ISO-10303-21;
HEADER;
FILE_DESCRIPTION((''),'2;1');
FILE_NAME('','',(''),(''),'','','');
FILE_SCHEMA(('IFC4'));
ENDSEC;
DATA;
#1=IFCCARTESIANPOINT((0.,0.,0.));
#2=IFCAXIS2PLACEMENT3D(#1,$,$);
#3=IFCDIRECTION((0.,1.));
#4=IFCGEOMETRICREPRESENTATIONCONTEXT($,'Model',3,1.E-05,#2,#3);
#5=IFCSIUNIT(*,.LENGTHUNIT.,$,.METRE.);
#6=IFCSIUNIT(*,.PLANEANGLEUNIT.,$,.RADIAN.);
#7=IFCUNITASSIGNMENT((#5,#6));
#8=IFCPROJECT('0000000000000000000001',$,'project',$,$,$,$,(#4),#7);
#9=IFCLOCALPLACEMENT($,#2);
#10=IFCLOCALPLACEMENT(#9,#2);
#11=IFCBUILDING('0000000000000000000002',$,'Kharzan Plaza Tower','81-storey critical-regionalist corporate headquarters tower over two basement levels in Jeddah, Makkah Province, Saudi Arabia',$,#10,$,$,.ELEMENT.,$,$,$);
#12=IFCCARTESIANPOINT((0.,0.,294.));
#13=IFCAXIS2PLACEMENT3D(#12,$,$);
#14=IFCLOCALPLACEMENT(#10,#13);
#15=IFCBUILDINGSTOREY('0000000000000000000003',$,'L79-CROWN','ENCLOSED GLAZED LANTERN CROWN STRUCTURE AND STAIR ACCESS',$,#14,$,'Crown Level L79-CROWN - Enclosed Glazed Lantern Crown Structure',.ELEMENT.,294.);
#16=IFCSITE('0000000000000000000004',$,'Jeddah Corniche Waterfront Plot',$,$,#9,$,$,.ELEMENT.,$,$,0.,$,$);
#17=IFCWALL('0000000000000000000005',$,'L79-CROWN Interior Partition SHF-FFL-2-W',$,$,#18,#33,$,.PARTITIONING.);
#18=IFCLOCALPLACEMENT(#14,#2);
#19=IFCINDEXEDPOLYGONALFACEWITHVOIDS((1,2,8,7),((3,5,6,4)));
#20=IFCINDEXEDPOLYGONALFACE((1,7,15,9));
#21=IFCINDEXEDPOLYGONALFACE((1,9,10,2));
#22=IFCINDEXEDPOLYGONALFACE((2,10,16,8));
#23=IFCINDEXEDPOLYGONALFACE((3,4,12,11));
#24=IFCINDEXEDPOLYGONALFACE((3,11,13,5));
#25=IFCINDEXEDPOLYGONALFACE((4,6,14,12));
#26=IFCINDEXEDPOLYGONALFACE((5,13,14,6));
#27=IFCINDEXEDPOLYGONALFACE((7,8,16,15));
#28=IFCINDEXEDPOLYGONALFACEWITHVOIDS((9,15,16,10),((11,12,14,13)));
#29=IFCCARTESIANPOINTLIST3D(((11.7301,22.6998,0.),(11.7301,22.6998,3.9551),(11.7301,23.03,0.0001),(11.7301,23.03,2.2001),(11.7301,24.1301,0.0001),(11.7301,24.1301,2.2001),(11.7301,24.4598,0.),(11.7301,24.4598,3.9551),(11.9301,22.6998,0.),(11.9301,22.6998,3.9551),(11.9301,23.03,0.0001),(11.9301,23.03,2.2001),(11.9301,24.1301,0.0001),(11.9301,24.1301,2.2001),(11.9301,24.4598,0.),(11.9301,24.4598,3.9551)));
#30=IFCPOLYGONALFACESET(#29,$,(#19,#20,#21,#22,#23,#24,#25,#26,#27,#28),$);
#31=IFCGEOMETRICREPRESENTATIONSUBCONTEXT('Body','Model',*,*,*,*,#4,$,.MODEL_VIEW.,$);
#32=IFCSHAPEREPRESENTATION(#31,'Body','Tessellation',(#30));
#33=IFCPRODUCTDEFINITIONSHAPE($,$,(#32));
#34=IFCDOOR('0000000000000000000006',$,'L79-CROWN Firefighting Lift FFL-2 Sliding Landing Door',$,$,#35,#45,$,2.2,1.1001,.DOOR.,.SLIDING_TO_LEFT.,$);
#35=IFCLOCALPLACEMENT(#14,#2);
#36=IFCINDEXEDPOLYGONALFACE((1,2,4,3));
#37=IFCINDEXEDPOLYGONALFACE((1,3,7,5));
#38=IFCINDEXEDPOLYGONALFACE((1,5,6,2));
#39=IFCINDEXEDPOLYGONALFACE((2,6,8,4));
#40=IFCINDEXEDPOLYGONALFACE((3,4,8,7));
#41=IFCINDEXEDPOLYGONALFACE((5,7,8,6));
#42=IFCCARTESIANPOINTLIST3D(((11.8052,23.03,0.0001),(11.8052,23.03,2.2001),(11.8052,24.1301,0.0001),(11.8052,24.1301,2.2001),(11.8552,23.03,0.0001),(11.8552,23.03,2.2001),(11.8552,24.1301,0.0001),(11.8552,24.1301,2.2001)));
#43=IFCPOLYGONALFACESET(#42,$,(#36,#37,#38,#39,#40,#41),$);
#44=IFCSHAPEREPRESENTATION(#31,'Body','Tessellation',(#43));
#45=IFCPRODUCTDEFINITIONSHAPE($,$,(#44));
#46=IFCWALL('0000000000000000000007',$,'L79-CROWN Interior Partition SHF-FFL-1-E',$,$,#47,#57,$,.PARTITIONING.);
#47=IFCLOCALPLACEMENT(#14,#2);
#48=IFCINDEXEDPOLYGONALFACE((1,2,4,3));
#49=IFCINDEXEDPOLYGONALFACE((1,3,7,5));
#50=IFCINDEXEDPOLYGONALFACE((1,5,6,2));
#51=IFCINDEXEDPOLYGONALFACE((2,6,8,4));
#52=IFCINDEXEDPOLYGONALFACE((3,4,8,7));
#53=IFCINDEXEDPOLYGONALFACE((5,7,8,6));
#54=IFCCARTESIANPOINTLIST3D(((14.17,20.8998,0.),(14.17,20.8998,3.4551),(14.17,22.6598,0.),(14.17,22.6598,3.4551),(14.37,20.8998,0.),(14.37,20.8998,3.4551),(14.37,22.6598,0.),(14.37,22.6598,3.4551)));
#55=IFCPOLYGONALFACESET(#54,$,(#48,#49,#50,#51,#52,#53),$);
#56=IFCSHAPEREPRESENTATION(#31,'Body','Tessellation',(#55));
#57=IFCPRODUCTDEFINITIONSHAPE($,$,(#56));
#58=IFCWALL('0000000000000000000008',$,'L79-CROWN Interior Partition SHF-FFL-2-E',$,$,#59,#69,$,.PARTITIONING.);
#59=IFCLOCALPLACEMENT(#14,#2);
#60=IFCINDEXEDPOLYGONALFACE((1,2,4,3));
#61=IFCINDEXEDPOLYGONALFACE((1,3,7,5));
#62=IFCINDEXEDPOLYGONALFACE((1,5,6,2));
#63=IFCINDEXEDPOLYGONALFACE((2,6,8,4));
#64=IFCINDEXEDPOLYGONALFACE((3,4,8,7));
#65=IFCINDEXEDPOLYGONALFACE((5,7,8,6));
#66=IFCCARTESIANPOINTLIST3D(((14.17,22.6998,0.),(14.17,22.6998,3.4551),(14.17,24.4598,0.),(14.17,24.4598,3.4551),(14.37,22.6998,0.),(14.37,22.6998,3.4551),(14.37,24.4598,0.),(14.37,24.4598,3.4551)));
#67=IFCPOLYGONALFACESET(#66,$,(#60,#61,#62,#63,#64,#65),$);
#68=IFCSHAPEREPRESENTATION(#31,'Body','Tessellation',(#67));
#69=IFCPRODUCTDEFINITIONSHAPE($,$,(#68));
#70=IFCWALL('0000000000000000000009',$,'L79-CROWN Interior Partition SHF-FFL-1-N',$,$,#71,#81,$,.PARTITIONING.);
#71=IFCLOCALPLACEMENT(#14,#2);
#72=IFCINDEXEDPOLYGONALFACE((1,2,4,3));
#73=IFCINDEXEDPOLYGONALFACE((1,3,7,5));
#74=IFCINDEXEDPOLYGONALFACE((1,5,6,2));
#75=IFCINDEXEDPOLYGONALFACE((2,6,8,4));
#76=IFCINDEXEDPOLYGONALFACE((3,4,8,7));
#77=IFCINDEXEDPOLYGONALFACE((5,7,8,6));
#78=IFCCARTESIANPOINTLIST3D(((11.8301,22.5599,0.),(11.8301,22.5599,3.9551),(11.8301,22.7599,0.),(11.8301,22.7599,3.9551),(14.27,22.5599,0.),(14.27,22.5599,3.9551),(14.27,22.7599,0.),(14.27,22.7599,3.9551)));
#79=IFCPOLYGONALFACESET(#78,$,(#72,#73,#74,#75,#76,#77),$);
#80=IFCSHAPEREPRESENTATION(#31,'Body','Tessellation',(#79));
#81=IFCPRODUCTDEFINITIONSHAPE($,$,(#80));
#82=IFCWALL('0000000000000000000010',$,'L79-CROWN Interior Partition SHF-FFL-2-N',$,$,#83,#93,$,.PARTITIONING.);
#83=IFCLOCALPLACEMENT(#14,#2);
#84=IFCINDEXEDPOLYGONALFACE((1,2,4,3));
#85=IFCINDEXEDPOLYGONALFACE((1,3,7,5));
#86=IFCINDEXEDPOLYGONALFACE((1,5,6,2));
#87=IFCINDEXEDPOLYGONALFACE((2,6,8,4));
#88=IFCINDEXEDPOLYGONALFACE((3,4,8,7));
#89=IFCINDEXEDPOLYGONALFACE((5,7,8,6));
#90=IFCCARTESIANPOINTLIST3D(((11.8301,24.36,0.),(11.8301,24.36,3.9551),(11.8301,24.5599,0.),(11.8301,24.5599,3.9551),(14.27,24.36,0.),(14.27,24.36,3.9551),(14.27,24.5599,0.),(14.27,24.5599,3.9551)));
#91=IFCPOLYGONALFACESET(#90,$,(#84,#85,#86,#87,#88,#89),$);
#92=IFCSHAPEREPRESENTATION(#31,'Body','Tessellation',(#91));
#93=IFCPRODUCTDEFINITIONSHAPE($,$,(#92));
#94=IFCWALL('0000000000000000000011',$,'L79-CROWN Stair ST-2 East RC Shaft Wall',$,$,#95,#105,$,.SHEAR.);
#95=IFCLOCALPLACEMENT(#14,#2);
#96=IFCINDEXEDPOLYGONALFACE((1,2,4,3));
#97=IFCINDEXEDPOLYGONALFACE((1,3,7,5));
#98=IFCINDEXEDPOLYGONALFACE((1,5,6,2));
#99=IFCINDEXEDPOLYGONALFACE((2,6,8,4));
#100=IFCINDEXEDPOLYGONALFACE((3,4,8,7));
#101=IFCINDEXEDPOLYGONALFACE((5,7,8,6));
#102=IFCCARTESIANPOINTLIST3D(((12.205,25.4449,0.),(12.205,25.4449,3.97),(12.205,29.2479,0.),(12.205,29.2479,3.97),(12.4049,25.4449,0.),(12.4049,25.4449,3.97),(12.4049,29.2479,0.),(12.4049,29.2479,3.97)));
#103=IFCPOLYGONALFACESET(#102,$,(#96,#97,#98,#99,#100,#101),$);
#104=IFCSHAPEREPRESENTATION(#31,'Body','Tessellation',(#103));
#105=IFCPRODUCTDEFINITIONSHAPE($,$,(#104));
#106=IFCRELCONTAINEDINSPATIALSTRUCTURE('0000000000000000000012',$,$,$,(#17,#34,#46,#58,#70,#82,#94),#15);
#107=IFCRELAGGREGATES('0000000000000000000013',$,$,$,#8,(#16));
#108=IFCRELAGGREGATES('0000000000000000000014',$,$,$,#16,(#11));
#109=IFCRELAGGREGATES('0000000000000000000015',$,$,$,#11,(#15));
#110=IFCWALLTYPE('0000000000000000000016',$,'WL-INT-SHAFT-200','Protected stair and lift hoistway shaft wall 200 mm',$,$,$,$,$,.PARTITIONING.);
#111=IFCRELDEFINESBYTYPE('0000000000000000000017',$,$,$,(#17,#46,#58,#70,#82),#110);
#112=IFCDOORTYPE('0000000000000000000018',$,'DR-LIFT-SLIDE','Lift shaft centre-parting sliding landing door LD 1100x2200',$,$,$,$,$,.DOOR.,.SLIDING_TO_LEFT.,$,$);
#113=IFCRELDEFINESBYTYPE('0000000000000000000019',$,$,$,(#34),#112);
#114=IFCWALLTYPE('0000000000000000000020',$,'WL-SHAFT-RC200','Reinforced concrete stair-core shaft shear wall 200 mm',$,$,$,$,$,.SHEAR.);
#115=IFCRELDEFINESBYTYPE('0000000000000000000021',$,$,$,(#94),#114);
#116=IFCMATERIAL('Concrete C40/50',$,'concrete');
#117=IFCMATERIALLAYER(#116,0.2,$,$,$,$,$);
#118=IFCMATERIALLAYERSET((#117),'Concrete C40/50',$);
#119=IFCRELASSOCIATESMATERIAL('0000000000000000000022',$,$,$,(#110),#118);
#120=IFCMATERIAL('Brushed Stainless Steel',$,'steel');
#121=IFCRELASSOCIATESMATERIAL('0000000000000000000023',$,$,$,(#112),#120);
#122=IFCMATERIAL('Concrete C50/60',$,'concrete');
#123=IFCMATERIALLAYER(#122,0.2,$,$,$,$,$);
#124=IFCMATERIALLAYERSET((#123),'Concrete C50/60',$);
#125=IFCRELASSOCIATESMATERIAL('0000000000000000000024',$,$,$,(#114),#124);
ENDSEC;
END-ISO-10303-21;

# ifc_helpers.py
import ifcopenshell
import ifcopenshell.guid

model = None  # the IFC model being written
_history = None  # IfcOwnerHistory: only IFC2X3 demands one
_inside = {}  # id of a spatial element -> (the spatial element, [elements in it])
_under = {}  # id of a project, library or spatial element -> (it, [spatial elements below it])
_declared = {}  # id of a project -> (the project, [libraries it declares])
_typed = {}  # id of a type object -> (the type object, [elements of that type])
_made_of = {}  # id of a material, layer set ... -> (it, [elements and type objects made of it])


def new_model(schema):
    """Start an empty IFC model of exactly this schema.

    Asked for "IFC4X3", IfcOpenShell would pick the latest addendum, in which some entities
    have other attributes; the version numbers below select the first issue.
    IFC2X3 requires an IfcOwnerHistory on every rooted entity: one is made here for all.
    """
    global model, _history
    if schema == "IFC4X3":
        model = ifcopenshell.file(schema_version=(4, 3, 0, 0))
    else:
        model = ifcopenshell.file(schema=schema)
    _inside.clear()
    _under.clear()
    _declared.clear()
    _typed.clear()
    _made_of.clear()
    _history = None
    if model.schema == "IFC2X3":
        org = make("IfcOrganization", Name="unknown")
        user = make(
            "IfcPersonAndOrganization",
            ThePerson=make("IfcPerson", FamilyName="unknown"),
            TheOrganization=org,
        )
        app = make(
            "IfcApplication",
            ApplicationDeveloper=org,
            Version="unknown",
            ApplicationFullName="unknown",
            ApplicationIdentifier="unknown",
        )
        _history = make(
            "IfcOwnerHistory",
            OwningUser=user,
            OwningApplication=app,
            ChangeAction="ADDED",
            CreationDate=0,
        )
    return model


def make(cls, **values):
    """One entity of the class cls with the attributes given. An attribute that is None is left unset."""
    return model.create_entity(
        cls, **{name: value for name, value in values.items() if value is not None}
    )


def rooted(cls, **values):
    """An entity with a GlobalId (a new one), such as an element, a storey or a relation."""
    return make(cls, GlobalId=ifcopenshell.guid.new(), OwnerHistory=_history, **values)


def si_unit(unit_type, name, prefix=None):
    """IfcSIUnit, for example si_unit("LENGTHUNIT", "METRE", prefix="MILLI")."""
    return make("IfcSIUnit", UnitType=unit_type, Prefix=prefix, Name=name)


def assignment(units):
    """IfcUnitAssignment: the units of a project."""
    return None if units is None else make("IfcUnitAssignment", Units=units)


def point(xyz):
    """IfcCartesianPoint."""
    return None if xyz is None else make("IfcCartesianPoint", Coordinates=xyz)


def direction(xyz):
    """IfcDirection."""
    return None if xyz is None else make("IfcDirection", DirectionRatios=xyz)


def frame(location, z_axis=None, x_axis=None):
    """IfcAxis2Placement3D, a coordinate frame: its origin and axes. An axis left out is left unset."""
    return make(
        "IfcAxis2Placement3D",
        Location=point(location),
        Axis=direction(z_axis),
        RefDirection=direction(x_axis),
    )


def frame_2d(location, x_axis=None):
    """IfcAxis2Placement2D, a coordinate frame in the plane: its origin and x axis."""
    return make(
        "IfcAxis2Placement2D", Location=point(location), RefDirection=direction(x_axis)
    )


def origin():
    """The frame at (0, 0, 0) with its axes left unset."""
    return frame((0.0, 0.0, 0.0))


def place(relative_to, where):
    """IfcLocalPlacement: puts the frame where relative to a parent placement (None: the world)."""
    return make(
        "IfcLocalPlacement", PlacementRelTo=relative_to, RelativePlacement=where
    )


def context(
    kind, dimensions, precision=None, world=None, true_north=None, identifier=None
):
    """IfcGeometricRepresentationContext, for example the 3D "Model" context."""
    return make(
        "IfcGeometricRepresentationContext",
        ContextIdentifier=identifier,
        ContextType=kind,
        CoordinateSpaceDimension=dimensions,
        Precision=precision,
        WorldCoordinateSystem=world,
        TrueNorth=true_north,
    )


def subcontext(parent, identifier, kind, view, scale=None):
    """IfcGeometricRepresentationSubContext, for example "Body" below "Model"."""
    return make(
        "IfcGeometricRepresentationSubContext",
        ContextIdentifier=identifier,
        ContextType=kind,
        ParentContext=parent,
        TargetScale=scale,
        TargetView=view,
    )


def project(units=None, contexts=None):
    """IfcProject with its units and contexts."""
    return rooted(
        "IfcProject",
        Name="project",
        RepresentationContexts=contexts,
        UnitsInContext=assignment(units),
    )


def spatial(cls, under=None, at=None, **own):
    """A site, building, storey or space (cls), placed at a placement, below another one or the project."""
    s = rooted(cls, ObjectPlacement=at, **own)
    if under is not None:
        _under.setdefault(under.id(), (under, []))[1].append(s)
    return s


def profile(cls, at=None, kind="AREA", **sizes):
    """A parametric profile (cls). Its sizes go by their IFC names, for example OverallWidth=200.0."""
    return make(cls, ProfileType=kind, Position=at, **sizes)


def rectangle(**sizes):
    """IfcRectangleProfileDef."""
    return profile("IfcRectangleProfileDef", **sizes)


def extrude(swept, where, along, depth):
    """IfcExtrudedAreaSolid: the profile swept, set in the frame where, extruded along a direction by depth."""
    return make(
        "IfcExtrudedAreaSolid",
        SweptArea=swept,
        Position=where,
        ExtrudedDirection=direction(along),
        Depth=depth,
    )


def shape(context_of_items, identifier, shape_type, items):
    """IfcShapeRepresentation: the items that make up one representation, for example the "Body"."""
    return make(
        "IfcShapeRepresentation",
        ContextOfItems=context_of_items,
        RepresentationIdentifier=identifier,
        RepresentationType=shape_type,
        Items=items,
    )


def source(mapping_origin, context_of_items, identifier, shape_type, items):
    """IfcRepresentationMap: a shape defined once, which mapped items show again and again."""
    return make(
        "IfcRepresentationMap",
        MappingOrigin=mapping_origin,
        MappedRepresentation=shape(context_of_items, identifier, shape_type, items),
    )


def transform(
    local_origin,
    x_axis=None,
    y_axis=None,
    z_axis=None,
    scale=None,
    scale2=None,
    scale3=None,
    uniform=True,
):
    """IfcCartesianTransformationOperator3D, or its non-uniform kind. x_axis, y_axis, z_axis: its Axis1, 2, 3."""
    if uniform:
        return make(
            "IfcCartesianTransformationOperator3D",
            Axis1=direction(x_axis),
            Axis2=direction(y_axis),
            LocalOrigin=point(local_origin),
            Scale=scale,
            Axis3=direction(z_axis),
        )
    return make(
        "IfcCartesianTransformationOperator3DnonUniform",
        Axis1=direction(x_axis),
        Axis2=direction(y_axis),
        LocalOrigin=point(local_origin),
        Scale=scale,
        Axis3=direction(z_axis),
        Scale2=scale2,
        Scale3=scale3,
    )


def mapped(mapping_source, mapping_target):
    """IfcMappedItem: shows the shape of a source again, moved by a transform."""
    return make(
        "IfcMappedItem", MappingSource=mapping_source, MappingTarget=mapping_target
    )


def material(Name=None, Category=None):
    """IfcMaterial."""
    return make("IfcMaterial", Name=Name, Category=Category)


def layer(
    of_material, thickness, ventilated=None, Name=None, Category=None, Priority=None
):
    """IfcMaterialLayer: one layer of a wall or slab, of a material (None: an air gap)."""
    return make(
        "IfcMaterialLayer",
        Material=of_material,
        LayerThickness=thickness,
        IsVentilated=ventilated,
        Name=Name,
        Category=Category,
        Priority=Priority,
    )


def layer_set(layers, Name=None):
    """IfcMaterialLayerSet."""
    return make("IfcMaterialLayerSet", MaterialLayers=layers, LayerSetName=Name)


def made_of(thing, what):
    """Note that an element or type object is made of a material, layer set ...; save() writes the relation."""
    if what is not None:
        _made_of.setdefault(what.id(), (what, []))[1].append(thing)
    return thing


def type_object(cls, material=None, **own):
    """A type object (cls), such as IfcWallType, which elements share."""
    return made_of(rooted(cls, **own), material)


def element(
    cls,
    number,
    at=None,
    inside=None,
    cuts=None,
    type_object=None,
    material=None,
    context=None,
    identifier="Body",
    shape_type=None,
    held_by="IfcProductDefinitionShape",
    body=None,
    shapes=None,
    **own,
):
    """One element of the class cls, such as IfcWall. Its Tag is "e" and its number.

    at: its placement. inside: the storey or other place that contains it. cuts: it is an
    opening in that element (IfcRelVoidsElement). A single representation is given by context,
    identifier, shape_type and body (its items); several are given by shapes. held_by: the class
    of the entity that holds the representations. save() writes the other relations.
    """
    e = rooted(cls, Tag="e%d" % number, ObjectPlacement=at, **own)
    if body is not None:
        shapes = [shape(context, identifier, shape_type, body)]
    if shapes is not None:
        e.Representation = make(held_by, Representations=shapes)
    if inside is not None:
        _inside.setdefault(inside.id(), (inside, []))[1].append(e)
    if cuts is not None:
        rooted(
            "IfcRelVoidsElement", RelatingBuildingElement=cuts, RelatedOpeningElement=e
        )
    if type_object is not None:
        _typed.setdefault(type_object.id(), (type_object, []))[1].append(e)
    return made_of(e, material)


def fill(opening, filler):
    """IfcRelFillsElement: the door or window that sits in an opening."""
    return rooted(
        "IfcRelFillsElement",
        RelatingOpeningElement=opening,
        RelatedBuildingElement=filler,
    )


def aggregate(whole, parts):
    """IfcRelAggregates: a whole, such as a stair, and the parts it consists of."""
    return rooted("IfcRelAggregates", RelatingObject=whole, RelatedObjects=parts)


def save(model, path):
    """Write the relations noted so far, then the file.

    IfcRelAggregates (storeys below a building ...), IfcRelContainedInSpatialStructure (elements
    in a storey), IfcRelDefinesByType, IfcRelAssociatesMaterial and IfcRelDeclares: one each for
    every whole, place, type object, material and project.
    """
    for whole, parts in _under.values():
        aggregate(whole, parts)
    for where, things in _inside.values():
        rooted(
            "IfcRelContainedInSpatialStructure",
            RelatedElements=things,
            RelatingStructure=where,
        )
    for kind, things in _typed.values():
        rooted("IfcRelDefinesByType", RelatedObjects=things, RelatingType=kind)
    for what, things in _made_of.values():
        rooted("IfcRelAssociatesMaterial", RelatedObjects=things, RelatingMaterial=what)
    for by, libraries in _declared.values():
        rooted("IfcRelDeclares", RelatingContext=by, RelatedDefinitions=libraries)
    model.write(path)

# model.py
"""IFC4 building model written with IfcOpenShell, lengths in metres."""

from ifc_helpers import new_model, si_unit, direction, frame, frame_2d, origin, place, context, subcontext, project, spatial, rectangle, extrude, source, transform, mapped, material, layer, layer_set, type_object, element, fill, save


model = new_model("IFC4")

# Units and contexts
model_context = context("Model", 3, precision=1e-05, world=origin(), true_north=direction((0.0, 1.0)))
body_context = subcontext(model_context, "Body", "Model", "MODEL_VIEW")
ifc_project = project(units=[si_unit("LENGTHUNIT", "METRE"), si_unit("PLANEANGLEUNIT", "RADIAN")], contexts=[model_context])

# Site, building, storey
site_placement = place(None, origin())
site = spatial("IfcSite", under=ifc_project, at=site_placement, Name="Jeddah Corniche Waterfront Plot", CompositionType="ELEMENT", RefElevation=0.0)
building_placement = place(site_placement, origin())
building = spatial("IfcBuilding", under=site, at=building_placement, Name="Kharzan Plaza Tower", Description="81-storey critical-regionalist corporate headquarters tower over two basement levels in Jeddah, Makkah Province, Saudi Arabia", CompositionType="ELEMENT")
storey_placement = place(building_placement, frame((0.0, 0.0, 294.0)))
storey = spatial("IfcBuildingStorey", under=building, at=storey_placement, Name="L79-CROWN", Description="ENCLOSED GLAZED LANTERN CROWN STRUCTURE AND STAIR ACCESS", LongName="Crown Level L79-CROWN - Enclosed Glazed Lantern Crown Structure", CompositionType="ELEMENT", Elevation=294.0)

# Wall, opening, door
ifc_material_1 = material(Name="Concrete C40/50", Category="concrete")
ifc_layer_1 = layer(ifc_material_1, 0.2)
ifc_layer_set_1 = layer_set([ifc_layer_1], Name="Concrete C40/50")
wall_type_1 = type_object("IfcWallType", Name="WL-INT-SHAFT-200", Description="Protected stair and lift hoistway shaft wall 200 mm", PredefinedType="PARTITIONING", material=ifc_layer_set_1)
wall_1_placement = place(storey_placement, frame((11.8301, 22.7, 0.0), z_axis=(0.0, 0.0, 1.0), x_axis=(0.0, 1.0, 0.0)))
wall_1 = element("IfcWall", 1, at=wall_1_placement, inside=storey, type_object=wall_type_1, Name="L79-CROWN Interior Partition SHF-FFL-2-W", PredefinedType="PARTITIONING", context=body_context, shape_type="SweptSolid", body=[
    extrude(rectangle(XDim=1.76, YDim=0.2, at=frame_2d((0.8799, 0.0))), origin(), (0.0, 0.0, 1.0), 3.9551),
])
opening_placement = place(wall_1_placement, frame((0.3301, 0.0, 0.0)))
opening = element("IfcOpeningElement", 2, at=opening_placement, cuts=wall_1, PredefinedType="OPENING", context=body_context, shape_type="SweptSolid", body=[
    extrude(rectangle(XDim=1.1001, YDim=2.2, at=frame_2d((0.55, 1.1001))), frame((0.0, 0.1099, 0.0), z_axis=(0.0, -1.0, 0.0), x_axis=(1.0, 0.0, 0.0)), (0.0, 0.0, 1.0), 0.22),
])
ifc_material_2 = material(Name="Brushed Stainless Steel", Category="steel")
door_type = type_object("IfcDoorType", Name="DR-LIFT-SLIDE", Description="Lift shaft centre-parting sliding landing door LD 1100x2200", OperationType="SLIDING_TO_LEFT", PredefinedType="DOOR", material=ifc_material_2)
shared_shape_1 = source(origin(), body_context, "Body", "SweptSolid", [
    extrude(rectangle(XDim=1.1001, YDim=2.2, at=frame_2d((0.55, 1.1001))), frame((0.0, 0.0249, 0.0), z_axis=(0.0, -1.0, 0.0), x_axis=(1.0, 0.0, 0.0)), (0.0, 0.0, 1.0), 0.05),
])
door_placement = place(opening_placement, origin())
door = element("IfcDoor", 3, at=door_placement, inside=storey, type_object=door_type, Name="L79-CROWN Firefighting Lift FFL-2 Sliding Landing Door", OperationType="SLIDING_TO_LEFT", OverallHeight=2.2, OverallWidth=1.1001, PredefinedType="DOOR", context=body_context, shape_type="MappedRepresentation", body=[
    mapped(shared_shape_1, transform((0.0, 0.0, 0.0), x_axis=(1.0, 0.0, 0.0), y_axis=(0.0, 1.0, 0.0), z_axis=(0.0, 0.0, 1.0))),
])
fill(opening, door)

# Walls
shared_shape_2 = source(origin(), body_context, "Body", "SweptSolid", [
    extrude(rectangle(XDim=1.76, YDim=0.2, at=frame_2d((0.8799, 0.0))), origin(), (0.0, 0.0, 1.0), 3.4551),
])
for number, where, z_axis, x_axis, name in (
    (4, (14.27, 20.8999, 0.0), (0.0, 0.0, 1.0), (0.0, 1.0, 0.0), "L79-CROWN Interior Partition SHF-FFL-1-E"),
    (5, (14.27, 22.7, 0.0), (0.0, 0.0, 1.0), (0.0, 1.0, 0.0), "L79-CROWN Interior Partition SHF-FFL-2-E"),
):
    element("IfcWall", number, at=place(storey_placement, frame(where, z_axis=z_axis, x_axis=x_axis)), inside=storey, type_object=wall_type_1, Name=name, PredefinedType="PARTITIONING", context=body_context, shape_type="MappedRepresentation", body=[
        mapped(shared_shape_2, transform((0.0, 0.0, 0.0), x_axis=(1.0, 0.0, 0.0), y_axis=(0.0, 1.0, 0.0), z_axis=(0.0, 0.0, 1.0))),
    ])
shared_shape_3 = source(origin(), body_context, "Body", "SweptSolid", [
    extrude(rectangle(XDim=2.4399, YDim=0.2, at=frame_2d((1.22, 0.0))), origin(), (0.0, 0.0, 1.0), 3.9551),
])
for number, where, z_axis, x_axis, name in (
    (6, (11.8301, 22.6599, 0.0), (0.0, 0.0, 1.0), (1.0, 0.0, 0.0), "L79-CROWN Interior Partition SHF-FFL-1-N"),
    (7, (11.8301, 24.46, 0.0), (0.0, 0.0, 1.0), (1.0, 0.0, 0.0), "L79-CROWN Interior Partition SHF-FFL-2-N"),
):
    element("IfcWall", number, at=place(storey_placement, frame(where, z_axis=z_axis, x_axis=x_axis)), inside=storey, type_object=wall_type_1, Name=name, PredefinedType="PARTITIONING", context=body_context, shape_type="MappedRepresentation", body=[
        mapped(shared_shape_3, transform((0.0, 0.0, 0.0), x_axis=(1.0, 0.0, 0.0), y_axis=(0.0, 1.0, 0.0), z_axis=(0.0, 0.0, 1.0))),
    ])
ifc_material_3 = material(Name="Concrete C50/60", Category="concrete")
ifc_layer_2 = layer(ifc_material_3, 0.2)
ifc_layer_set_2 = layer_set([ifc_layer_2], Name="Concrete C50/60")
wall_type_2 = type_object("IfcWallType", Name="WL-SHAFT-RC200", Description="Reinforced concrete stair-core shaft shear wall 200 mm", PredefinedType="SHEAR", material=ifc_layer_set_2)
shared_shape_4 = source(origin(), body_context, "Body", "SweptSolid", [
    extrude(rectangle(XDim=3.803, YDim=0.2, at=frame_2d((1.9014, 0.0))), origin(), (0.0, 0.0, 1.0), 3.97),
])
wall_2_placement = place(storey_placement, frame((12.3049, 25.4451, 0.0), z_axis=(0.0, 0.0, 1.0), x_axis=(0.0, 1.0, 0.0)))
element("IfcWall", 8, at=wall_2_placement, inside=storey, type_object=wall_type_2, Name="L79-CROWN Stair ST-2 East RC Shaft Wall", PredefinedType="SHEAR", context=body_context, shape_type="MappedRepresentation", body=[
    mapped(shared_shape_4, transform((0.0, 0.0, 0.0), x_axis=(1.0, 0.0, 0.0), y_axis=(0.0, 1.0, 0.0), z_axis=(0.0, 0.0, 1.0))),
])

save(model, "model.ifc")
